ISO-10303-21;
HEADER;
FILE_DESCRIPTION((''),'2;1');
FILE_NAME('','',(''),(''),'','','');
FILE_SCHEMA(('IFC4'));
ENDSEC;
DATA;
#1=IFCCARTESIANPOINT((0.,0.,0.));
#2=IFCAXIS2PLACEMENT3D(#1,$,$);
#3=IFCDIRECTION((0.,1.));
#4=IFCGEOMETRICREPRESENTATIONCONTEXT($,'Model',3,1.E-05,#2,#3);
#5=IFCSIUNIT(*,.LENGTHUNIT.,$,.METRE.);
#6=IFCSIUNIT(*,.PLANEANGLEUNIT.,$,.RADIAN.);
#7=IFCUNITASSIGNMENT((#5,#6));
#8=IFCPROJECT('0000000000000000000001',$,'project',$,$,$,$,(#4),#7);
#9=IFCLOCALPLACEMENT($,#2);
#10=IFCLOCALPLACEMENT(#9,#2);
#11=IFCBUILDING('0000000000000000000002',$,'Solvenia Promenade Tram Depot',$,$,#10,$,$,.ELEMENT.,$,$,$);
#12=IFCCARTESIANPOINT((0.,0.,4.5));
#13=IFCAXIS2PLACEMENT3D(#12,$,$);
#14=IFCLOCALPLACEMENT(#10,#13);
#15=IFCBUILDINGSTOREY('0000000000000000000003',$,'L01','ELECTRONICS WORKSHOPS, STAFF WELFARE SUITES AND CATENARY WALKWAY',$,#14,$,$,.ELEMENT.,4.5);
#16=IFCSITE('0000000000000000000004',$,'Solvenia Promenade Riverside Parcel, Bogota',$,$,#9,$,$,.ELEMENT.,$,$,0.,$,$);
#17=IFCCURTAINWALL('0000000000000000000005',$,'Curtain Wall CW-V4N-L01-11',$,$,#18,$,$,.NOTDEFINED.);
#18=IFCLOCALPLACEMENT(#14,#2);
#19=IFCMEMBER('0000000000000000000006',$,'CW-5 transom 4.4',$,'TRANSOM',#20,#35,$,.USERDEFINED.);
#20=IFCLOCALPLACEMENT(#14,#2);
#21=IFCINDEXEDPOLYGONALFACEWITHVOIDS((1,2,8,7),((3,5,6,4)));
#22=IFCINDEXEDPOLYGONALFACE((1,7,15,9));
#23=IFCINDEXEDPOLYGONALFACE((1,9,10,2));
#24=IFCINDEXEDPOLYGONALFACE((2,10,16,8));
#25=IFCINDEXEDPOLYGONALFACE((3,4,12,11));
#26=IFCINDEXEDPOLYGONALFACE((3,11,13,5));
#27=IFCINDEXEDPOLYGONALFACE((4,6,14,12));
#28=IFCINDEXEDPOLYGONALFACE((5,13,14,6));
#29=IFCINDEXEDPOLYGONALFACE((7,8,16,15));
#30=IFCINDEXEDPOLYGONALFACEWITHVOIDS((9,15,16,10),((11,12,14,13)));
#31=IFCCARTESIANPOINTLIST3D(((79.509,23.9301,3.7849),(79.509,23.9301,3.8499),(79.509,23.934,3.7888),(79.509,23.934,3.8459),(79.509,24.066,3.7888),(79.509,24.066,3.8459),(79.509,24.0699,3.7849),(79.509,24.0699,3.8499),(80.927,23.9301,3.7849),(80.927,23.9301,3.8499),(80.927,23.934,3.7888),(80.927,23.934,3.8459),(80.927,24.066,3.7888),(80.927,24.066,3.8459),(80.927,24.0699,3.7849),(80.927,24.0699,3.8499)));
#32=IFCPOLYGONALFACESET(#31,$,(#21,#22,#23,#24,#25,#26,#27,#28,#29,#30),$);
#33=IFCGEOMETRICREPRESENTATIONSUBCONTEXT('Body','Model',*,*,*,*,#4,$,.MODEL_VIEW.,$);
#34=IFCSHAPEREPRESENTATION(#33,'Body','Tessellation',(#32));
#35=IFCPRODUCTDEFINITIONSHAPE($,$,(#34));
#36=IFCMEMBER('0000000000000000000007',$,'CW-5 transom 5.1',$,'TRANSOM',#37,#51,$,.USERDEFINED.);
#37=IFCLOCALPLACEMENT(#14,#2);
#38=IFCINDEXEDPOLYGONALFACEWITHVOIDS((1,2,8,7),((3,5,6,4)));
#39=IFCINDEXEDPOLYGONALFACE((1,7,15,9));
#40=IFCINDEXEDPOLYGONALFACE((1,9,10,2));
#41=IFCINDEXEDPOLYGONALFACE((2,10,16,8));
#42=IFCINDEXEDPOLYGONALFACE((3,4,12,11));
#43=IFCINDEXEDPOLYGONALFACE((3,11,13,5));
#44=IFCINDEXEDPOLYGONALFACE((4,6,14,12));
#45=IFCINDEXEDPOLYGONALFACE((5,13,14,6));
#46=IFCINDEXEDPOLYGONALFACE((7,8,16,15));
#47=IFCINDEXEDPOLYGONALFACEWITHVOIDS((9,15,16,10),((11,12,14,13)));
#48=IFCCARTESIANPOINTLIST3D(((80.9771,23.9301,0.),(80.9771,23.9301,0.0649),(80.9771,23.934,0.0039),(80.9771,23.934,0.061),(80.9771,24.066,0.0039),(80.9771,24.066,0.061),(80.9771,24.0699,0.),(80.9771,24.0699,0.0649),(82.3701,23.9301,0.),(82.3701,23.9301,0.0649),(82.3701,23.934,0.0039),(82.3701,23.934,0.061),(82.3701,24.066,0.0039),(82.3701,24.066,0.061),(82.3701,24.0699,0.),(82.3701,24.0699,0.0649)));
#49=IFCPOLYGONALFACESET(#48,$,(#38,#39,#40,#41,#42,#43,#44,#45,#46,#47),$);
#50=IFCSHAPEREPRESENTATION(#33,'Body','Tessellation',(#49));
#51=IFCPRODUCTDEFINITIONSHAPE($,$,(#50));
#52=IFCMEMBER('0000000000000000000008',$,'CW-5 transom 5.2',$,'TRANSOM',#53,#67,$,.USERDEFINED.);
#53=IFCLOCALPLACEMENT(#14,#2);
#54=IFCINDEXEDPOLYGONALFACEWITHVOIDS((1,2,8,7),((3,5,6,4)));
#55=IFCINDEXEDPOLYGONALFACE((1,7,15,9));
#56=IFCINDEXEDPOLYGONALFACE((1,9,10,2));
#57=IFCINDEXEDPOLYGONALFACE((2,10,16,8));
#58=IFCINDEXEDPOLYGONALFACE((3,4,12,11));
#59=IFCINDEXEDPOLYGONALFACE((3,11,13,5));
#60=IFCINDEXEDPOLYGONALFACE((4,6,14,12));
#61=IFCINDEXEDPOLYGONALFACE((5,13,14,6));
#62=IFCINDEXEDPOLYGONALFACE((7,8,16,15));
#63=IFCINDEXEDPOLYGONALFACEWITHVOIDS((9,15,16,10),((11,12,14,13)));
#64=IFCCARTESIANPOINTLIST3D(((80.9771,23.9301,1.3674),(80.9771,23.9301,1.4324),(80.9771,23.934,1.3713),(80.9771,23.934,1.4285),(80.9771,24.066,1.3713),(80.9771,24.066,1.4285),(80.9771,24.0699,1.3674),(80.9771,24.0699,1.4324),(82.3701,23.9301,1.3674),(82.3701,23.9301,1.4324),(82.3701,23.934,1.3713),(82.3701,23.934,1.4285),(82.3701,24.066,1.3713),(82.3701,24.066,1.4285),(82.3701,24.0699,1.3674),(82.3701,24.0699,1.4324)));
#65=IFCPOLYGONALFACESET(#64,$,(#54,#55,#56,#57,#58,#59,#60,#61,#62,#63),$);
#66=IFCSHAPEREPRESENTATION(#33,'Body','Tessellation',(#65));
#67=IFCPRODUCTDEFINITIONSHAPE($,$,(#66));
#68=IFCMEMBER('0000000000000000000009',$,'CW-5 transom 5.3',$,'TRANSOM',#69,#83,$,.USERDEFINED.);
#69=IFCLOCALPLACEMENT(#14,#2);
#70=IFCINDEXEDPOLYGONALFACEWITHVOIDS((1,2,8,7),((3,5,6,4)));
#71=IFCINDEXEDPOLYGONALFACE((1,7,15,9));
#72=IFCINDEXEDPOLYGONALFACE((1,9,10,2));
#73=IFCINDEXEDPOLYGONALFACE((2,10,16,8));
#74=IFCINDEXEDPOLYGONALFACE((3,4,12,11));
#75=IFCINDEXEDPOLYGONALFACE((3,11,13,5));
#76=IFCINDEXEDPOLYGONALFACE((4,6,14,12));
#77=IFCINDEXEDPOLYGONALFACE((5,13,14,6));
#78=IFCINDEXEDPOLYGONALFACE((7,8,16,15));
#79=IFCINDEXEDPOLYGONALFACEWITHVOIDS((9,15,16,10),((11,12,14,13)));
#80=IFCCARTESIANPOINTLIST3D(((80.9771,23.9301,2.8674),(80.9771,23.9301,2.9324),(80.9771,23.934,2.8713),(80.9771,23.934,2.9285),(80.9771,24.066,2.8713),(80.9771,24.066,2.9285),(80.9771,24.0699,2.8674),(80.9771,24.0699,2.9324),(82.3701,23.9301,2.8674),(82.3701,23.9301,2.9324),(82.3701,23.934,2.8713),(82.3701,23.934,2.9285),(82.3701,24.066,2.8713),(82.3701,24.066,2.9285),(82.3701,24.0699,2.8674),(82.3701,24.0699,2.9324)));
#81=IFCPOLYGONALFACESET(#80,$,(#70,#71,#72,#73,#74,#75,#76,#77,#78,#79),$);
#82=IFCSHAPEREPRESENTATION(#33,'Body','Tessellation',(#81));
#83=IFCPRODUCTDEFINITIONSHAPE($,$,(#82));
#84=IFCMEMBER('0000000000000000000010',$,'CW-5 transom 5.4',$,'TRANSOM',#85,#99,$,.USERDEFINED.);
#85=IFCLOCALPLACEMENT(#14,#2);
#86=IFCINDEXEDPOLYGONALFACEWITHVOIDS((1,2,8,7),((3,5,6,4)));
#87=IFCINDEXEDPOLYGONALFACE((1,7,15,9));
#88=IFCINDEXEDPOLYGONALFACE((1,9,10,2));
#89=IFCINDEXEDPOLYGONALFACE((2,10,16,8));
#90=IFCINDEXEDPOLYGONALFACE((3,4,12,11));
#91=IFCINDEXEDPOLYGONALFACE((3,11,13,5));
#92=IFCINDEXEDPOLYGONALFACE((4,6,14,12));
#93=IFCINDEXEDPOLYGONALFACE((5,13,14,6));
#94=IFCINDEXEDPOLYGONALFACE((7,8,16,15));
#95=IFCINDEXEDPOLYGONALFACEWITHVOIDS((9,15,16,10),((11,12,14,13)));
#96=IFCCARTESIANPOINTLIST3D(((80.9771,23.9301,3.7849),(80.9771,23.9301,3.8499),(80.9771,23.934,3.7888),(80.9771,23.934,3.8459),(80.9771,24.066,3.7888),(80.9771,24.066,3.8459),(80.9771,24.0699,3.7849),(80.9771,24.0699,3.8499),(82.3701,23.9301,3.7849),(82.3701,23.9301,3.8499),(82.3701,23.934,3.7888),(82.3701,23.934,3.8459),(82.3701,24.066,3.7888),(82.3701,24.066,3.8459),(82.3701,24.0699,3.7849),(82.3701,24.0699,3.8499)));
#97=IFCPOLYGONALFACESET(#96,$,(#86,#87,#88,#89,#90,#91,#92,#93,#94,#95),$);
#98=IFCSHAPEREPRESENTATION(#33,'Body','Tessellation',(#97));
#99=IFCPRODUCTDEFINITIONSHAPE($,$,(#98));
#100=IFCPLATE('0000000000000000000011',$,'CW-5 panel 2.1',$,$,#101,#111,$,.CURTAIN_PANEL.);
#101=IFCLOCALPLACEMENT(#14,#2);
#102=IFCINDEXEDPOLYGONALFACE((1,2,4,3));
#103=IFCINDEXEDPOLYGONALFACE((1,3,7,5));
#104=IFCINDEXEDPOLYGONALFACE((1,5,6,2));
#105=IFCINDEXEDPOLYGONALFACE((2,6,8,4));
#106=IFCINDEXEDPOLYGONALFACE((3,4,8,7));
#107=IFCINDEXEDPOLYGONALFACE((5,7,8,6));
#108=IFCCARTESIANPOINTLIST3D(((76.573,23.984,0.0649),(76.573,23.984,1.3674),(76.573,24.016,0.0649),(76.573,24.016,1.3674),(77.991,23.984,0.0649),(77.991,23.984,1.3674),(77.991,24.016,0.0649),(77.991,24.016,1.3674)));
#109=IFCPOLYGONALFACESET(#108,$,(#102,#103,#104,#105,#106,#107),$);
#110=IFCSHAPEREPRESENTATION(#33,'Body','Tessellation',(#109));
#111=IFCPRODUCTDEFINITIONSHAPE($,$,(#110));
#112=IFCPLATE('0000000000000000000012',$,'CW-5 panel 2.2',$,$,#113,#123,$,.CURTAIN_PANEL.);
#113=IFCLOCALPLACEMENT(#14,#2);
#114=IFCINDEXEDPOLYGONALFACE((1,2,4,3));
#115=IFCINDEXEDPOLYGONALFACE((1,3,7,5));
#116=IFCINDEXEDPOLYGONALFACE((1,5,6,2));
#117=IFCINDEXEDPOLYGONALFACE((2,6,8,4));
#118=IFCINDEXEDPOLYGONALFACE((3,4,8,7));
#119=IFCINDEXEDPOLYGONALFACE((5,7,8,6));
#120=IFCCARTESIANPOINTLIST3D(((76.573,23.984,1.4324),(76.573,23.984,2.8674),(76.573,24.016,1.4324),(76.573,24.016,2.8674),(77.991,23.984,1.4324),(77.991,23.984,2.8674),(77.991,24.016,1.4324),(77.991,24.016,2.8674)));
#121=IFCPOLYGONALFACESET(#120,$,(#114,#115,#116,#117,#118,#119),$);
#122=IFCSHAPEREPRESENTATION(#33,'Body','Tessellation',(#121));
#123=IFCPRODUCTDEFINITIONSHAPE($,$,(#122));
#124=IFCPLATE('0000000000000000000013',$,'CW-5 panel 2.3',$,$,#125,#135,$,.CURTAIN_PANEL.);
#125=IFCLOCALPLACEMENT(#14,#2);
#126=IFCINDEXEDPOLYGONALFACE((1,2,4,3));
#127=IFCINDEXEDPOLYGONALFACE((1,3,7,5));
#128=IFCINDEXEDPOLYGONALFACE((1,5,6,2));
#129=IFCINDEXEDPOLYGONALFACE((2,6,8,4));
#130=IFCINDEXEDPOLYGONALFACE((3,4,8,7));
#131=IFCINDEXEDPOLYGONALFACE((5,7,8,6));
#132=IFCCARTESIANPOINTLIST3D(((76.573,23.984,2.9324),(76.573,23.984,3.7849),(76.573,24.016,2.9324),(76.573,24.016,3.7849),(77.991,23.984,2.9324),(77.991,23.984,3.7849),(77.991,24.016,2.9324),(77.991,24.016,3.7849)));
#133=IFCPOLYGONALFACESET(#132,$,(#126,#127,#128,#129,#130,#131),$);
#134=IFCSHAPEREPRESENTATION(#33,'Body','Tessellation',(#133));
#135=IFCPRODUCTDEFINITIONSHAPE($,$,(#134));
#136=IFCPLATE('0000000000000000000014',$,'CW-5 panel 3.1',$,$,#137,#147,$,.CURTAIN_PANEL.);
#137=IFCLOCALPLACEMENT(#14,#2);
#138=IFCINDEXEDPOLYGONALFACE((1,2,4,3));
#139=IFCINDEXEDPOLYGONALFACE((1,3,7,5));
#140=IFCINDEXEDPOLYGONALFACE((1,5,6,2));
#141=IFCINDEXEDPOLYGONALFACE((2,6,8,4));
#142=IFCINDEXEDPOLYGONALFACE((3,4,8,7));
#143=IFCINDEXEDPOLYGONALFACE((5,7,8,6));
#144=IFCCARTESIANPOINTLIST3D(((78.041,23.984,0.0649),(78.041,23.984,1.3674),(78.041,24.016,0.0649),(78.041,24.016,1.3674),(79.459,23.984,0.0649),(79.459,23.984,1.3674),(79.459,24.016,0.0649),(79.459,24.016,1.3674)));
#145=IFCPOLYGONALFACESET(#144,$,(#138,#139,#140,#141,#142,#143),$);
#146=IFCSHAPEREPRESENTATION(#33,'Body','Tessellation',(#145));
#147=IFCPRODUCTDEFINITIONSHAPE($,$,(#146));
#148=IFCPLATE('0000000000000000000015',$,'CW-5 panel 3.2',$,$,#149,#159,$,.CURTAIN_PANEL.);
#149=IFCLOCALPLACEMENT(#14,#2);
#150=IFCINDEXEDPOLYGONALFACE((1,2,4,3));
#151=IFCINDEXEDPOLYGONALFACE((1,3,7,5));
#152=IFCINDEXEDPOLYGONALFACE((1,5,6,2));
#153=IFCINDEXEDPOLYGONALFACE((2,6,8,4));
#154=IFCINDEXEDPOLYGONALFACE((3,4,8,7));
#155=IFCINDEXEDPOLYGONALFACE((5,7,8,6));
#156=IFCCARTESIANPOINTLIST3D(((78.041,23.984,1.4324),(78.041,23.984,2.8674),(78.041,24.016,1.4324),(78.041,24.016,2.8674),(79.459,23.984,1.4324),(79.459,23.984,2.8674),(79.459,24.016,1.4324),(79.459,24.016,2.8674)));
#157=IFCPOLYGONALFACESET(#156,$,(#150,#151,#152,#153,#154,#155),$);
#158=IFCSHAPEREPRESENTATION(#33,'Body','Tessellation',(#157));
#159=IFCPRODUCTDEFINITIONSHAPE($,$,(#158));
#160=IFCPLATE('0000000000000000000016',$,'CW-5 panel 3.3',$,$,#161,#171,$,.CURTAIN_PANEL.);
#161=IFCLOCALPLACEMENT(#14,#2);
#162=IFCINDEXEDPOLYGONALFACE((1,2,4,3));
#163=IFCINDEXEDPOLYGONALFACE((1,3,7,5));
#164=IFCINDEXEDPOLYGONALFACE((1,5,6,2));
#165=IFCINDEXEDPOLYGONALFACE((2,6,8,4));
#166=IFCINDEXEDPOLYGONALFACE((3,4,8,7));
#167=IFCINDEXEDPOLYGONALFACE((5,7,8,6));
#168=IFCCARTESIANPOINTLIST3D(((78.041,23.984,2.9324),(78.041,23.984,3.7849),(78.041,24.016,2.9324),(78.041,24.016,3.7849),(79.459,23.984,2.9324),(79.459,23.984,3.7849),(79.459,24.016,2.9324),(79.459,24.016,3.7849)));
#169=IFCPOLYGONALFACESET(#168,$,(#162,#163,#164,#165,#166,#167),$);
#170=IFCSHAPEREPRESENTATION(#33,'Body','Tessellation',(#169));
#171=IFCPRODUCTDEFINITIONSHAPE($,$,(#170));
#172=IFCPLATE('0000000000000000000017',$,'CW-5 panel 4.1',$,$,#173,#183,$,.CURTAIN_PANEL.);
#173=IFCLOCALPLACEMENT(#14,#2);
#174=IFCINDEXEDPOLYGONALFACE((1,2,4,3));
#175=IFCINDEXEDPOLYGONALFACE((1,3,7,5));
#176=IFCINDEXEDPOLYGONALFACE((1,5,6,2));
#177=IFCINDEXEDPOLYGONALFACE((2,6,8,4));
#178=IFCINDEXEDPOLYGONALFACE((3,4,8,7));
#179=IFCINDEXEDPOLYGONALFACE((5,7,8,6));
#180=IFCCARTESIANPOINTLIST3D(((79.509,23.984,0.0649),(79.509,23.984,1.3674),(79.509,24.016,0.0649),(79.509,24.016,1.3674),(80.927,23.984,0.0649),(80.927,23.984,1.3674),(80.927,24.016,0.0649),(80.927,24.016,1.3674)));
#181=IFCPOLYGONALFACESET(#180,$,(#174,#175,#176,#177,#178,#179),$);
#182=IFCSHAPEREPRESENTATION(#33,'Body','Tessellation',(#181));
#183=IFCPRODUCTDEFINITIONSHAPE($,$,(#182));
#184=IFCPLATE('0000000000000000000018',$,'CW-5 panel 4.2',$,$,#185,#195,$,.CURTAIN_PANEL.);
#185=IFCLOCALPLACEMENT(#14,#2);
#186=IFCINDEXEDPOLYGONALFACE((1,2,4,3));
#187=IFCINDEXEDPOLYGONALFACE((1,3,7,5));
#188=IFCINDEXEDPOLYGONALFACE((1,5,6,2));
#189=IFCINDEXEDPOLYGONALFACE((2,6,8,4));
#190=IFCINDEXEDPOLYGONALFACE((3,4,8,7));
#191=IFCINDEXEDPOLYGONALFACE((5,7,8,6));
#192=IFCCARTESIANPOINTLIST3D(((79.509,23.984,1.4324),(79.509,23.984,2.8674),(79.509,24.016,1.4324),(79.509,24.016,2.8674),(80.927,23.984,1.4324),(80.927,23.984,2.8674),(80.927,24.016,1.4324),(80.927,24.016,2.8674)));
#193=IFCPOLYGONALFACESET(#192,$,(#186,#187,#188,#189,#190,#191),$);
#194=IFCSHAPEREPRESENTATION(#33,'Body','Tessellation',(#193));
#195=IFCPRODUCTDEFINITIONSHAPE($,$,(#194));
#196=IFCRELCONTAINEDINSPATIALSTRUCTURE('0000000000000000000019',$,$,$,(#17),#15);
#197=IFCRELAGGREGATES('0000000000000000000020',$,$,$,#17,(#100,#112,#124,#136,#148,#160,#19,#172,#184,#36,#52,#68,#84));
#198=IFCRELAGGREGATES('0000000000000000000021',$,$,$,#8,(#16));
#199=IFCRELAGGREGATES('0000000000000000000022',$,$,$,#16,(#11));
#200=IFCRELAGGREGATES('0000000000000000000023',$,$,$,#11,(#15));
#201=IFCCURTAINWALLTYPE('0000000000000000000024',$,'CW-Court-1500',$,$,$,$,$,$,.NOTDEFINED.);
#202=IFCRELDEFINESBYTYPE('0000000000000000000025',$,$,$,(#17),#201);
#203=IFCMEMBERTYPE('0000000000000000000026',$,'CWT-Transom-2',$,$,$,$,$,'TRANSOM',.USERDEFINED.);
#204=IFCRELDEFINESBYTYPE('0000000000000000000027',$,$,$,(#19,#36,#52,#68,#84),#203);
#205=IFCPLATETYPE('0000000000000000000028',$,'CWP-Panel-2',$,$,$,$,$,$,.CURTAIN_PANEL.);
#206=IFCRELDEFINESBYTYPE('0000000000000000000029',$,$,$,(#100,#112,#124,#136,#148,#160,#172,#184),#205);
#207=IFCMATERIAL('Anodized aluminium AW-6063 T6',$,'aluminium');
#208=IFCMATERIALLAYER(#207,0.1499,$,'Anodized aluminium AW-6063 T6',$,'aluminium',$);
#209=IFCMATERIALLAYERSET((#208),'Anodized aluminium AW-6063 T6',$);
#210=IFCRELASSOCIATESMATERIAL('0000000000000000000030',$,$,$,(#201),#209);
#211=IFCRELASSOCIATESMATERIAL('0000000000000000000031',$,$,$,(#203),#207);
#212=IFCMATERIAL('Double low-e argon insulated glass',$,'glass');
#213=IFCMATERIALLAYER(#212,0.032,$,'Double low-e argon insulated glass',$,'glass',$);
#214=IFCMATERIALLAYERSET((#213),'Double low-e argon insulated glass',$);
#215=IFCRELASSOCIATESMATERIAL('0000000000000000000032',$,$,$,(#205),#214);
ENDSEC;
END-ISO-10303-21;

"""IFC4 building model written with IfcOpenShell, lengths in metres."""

from ifc_helpers import new_model, si_unit, direction, frame, origin, origin_2d, place, context, subcontext, project, spatial, rectangle, hollow_rectangle, extrude, material, layer, layer_set, material_profile, profile_set, type_object, element, aggregate, save


model = new_model("IFC4")

# Units and contexts
model_context = context("Model", 3, precision=1e-05, world=origin(), true_north=direction((0.0, 1.0)))
body_context = subcontext(model_context, "Body", "Model", "MODEL_VIEW")
ifc_project = project(units=[si_unit("LENGTHUNIT", "METRE"), si_unit("PLANEANGLEUNIT", "RADIAN")], contexts=[model_context])

# Site, building, storey
site_placement = place(None, origin())
site = spatial("IfcSite", under=ifc_project, at=site_placement, Name="Solvenia Promenade Riverside Parcel, Bogota", CompositionType="ELEMENT", RefElevation=0.0)
building_placement = place(site_placement, origin())
building = spatial("IfcBuilding", under=site, at=building_placement, Name="Solvenia Promenade Tram Depot", CompositionType="ELEMENT")
storey_placement = place(building_placement, frame((0.0, 0.0, 4.5)))
storey = spatial("IfcBuildingStorey", under=building, at=storey_placement, Name="L01", Description="ELECTRONICS WORKSHOPS, STAFF WELFARE SUITES AND CATENARY WALKWAY", CompositionType="ELEMENT", Elevation=4.5)

# Curtain wall, members, plates
ifc_material_1 = material(Name="Anodized aluminium AW-6063 T6", Category="aluminium")
ifc_layer_1 = layer(ifc_material_1, 0.1499, Name="Anodized aluminium AW-6063 T6", Category="aluminium")
ifc_layer_set_1 = layer_set([ifc_layer_1], Name="Anodized aluminium AW-6063 T6")
curtain_wall_type = type_object("IfcCurtainWallType", Name="CW-Court-1500", PredefinedType="NOTDEFINED", material=ifc_layer_set_1)
curtain_wall_placement = place(storey_placement, origin())
curtain_wall = element("IfcCurtainWall", 1, at=curtain_wall_placement, inside=storey, type_object=curtain_wall_type, Name="Curtain Wall CW-V4N-L01-11", PredefinedType="NOTDEFINED")
ifc_material_profile_1 = material_profile(ifc_material_1, hollow_rectangle(XDim=0.1399, YDim=0.0649, WallThickness=0.0039, at=origin_2d()), Name="ALU-T2", Category="aluminium")
ifc_profile_set_1 = profile_set([ifc_material_profile_1], Name="Anodized aluminium AW-6063 T6")
member_type_1 = type_object("IfcMemberType", Name="CWT-Transom-2", ElementType="TRANSOM", PredefinedType="USERDEFINED", material=ifc_profile_set_1)
member_1_placement = place(storey_placement, frame((79.509, 24.0, 3.8174), z_axis=(1.0, 0.0, 0.0), x_axis=(0.0, 1.0, 0.0)))
member_1 = element("IfcMember", 2, at=member_1_placement, type_object=member_type_1, Name="CW-5 transom 4.4", ObjectType="TRANSOM", PredefinedType="USERDEFINED", context=body_context, shape_type="SweptSolid", body=[
    extrude(hollow_rectangle(XDim=0.1399, YDim=0.0649, WallThickness=0.0039, at=origin_2d()), origin(), (0.0, 0.0, 1.0), 1.418),
])
member_2_placement = place(storey_placement, frame((80.9771, 24.0, 0.0325), z_axis=(1.0, 0.0, 0.0), x_axis=(0.0, 1.0, 0.0)))
member_2 = element("IfcMember", 3, at=member_2_placement, type_object=member_type_1, Name="CW-5 transom 5.1", ObjectType="TRANSOM", PredefinedType="USERDEFINED", context=body_context, shape_type="SweptSolid", body=[
    extrude(hollow_rectangle(XDim=0.1399, YDim=0.0649, WallThickness=0.0039, at=origin_2d()), origin(), (0.0, 0.0, 1.0), 1.3931),
])
member_3_placement = place(storey_placement, frame((80.9771, 24.0, 1.3999), z_axis=(1.0, 0.0, 0.0), x_axis=(0.0, 1.0, 0.0)))
member_3 = element("IfcMember", 4, at=member_3_placement, type_object=member_type_1, Name="CW-5 transom 5.2", ObjectType="TRANSOM", PredefinedType="USERDEFINED", context=body_context, shape_type="SweptSolid", body=[
    extrude(hollow_rectangle(XDim=0.1399, YDim=0.0649, WallThickness=0.0039, at=origin_2d()), origin(), (0.0, 0.0, 1.0), 1.3931),
])
member_4_placement = place(storey_placement, frame((80.9771, 24.0, 2.8999), z_axis=(1.0, 0.0, 0.0), x_axis=(0.0, 1.0, 0.0)))
member_4 = element("IfcMember", 5, at=member_4_placement, type_object=member_type_1, Name="CW-5 transom 5.3", ObjectType="TRANSOM", PredefinedType="USERDEFINED", context=body_context, shape_type="SweptSolid", body=[
    extrude(hollow_rectangle(XDim=0.1399, YDim=0.0649, WallThickness=0.0039, at=origin_2d()), origin(), (0.0, 0.0, 1.0), 1.3931),
])
member_5_placement = place(storey_placement, frame((80.9771, 24.0, 3.8174), z_axis=(1.0, 0.0, 0.0), x_axis=(0.0, 1.0, 0.0)))
member_5 = element("IfcMember", 6, at=member_5_placement, type_object=member_type_1, Name="CW-5 transom 5.4", ObjectType="TRANSOM", PredefinedType="USERDEFINED", context=body_context, shape_type="SweptSolid", body=[
    extrude(hollow_rectangle(XDim=0.1399, YDim=0.0649, WallThickness=0.0039, at=origin_2d()), origin(), (0.0, 0.0, 1.0), 1.3931),
])
ifc_material_2 = material(Name="Double low-e argon insulated glass", Category="glass")
ifc_layer_2 = layer(ifc_material_2, 0.032, Name="Double low-e argon insulated glass", Category="glass")
ifc_layer_set_2 = layer_set([ifc_layer_2], Name="Double low-e argon insulated glass")
plate_type = type_object("IfcPlateType", Name="CWP-Panel-2", PredefinedType="CURTAIN_PANEL", material=ifc_layer_set_2)
plate_1_placement = place(storey_placement, frame((77.282, 24.0, 0.0649), z_axis=(0.0, 0.0, 1.0), x_axis=(1.0, 0.0, 0.0)))
plate_1 = element("IfcPlate", 7, at=plate_1_placement, type_object=plate_type, Name="CW-5 panel 2.1", PredefinedType="CURTAIN_PANEL", context=body_context, shape_type="SweptSolid", body=[
    extrude(rectangle(XDim=1.418, YDim=0.032, at=origin_2d()), origin(), (0.0, 0.0, 1.0), 1.3025),
])
plate_2_placement = place(storey_placement, frame((77.282, 24.0, 1.4324), z_axis=(0.0, 0.0, 1.0), x_axis=(1.0, 0.0, 0.0)))
plate_2 = element("IfcPlate", 8, at=plate_2_placement, type_object=plate_type, Name="CW-5 panel 2.2", PredefinedType="CURTAIN_PANEL", context=body_context, shape_type="SweptSolid", body=[
    extrude(rectangle(XDim=1.418, YDim=0.032, at=origin_2d()), origin(), (0.0, 0.0, 1.0), 1.4351),
])
plate_3_placement = place(storey_placement, frame((77.282, 24.0, 2.9324), z_axis=(0.0, 0.0, 1.0), x_axis=(1.0, 0.0, 0.0)))
plate_3 = element("IfcPlate", 9, at=plate_3_placement, type_object=plate_type, Name="CW-5 panel 2.3", PredefinedType="CURTAIN_PANEL", context=body_context, shape_type="SweptSolid", body=[
    extrude(rectangle(XDim=1.418, YDim=0.032, at=origin_2d()), origin(), (0.0, 0.0, 1.0), 0.8525),
])
plate_4_placement = place(storey_placement, frame((78.75, 24.0, 0.0649), z_axis=(0.0, 0.0, 1.0), x_axis=(1.0, 0.0, 0.0)))
plate_4 = element("IfcPlate", 10, at=plate_4_placement, type_object=plate_type, Name="CW-5 panel 3.1", PredefinedType="CURTAIN_PANEL", context=body_context, shape_type="SweptSolid", body=[
    extrude(rectangle(XDim=1.418, YDim=0.032, at=origin_2d()), origin(), (0.0, 0.0, 1.0), 1.3025),
])
plate_5_placement = place(storey_placement, frame((78.75, 24.0, 1.4324), z_axis=(0.0, 0.0, 1.0), x_axis=(1.0, 0.0, 0.0)))
plate_5 = element("IfcPlate", 11, at=plate_5_placement, type_object=plate_type, Name="CW-5 panel 3.2", PredefinedType="CURTAIN_PANEL", context=body_context, shape_type="SweptSolid", body=[
    extrude(rectangle(XDim=1.418, YDim=0.032, at=origin_2d()), origin(), (0.0, 0.0, 1.0), 1.4351),
])
plate_6_placement = place(storey_placement, frame((78.75, 24.0, 2.9324), z_axis=(0.0, 0.0, 1.0), x_axis=(1.0, 0.0, 0.0)))
plate_6 = element("IfcPlate", 12, at=plate_6_placement, type_object=plate_type, Name="CW-5 panel 3.3", PredefinedType="CURTAIN_PANEL", context=body_context, shape_type="SweptSolid", body=[
    extrude(rectangle(XDim=1.418, YDim=0.032, at=origin_2d()), origin(), (0.0, 0.0, 1.0), 0.8525),
])
plate_7_placement = place(storey_placement, frame((80.218, 24.0, 0.0649), z_axis=(0.0, 0.0, 1.0), x_axis=(1.0, 0.0, 0.0)))
plate_7 = element("IfcPlate", 13, at=plate_7_placement, type_object=plate_type, Name="CW-5 panel 4.1", PredefinedType="CURTAIN_PANEL", context=body_context, shape_type="SweptSolid", body=[
    extrude(rectangle(XDim=1.418, YDim=0.032, at=origin_2d()), origin(), (0.0, 0.0, 1.0), 1.3025),
])
plate_8_placement = place(storey_placement, frame((80.218, 24.0, 1.4324), z_axis=(0.0, 0.0, 1.0), x_axis=(1.0, 0.0, 0.0)))
plate_8 = element("IfcPlate", 14, at=plate_8_placement, type_object=plate_type, Name="CW-5 panel 4.2", PredefinedType="CURTAIN_PANEL", context=body_context, shape_type="SweptSolid", body=[
    extrude(rectangle(XDim=1.418, YDim=0.032, at=origin_2d()), origin(), (0.0, 0.0, 1.0), 1.4351),
])
aggregate(curtain_wall, [plate_1, plate_2, plate_3, plate_4, plate_5, plate_6, member_1, plate_7, plate_8, member_2, member_3, member_4, member_5])

save(model, "model.ifc")
